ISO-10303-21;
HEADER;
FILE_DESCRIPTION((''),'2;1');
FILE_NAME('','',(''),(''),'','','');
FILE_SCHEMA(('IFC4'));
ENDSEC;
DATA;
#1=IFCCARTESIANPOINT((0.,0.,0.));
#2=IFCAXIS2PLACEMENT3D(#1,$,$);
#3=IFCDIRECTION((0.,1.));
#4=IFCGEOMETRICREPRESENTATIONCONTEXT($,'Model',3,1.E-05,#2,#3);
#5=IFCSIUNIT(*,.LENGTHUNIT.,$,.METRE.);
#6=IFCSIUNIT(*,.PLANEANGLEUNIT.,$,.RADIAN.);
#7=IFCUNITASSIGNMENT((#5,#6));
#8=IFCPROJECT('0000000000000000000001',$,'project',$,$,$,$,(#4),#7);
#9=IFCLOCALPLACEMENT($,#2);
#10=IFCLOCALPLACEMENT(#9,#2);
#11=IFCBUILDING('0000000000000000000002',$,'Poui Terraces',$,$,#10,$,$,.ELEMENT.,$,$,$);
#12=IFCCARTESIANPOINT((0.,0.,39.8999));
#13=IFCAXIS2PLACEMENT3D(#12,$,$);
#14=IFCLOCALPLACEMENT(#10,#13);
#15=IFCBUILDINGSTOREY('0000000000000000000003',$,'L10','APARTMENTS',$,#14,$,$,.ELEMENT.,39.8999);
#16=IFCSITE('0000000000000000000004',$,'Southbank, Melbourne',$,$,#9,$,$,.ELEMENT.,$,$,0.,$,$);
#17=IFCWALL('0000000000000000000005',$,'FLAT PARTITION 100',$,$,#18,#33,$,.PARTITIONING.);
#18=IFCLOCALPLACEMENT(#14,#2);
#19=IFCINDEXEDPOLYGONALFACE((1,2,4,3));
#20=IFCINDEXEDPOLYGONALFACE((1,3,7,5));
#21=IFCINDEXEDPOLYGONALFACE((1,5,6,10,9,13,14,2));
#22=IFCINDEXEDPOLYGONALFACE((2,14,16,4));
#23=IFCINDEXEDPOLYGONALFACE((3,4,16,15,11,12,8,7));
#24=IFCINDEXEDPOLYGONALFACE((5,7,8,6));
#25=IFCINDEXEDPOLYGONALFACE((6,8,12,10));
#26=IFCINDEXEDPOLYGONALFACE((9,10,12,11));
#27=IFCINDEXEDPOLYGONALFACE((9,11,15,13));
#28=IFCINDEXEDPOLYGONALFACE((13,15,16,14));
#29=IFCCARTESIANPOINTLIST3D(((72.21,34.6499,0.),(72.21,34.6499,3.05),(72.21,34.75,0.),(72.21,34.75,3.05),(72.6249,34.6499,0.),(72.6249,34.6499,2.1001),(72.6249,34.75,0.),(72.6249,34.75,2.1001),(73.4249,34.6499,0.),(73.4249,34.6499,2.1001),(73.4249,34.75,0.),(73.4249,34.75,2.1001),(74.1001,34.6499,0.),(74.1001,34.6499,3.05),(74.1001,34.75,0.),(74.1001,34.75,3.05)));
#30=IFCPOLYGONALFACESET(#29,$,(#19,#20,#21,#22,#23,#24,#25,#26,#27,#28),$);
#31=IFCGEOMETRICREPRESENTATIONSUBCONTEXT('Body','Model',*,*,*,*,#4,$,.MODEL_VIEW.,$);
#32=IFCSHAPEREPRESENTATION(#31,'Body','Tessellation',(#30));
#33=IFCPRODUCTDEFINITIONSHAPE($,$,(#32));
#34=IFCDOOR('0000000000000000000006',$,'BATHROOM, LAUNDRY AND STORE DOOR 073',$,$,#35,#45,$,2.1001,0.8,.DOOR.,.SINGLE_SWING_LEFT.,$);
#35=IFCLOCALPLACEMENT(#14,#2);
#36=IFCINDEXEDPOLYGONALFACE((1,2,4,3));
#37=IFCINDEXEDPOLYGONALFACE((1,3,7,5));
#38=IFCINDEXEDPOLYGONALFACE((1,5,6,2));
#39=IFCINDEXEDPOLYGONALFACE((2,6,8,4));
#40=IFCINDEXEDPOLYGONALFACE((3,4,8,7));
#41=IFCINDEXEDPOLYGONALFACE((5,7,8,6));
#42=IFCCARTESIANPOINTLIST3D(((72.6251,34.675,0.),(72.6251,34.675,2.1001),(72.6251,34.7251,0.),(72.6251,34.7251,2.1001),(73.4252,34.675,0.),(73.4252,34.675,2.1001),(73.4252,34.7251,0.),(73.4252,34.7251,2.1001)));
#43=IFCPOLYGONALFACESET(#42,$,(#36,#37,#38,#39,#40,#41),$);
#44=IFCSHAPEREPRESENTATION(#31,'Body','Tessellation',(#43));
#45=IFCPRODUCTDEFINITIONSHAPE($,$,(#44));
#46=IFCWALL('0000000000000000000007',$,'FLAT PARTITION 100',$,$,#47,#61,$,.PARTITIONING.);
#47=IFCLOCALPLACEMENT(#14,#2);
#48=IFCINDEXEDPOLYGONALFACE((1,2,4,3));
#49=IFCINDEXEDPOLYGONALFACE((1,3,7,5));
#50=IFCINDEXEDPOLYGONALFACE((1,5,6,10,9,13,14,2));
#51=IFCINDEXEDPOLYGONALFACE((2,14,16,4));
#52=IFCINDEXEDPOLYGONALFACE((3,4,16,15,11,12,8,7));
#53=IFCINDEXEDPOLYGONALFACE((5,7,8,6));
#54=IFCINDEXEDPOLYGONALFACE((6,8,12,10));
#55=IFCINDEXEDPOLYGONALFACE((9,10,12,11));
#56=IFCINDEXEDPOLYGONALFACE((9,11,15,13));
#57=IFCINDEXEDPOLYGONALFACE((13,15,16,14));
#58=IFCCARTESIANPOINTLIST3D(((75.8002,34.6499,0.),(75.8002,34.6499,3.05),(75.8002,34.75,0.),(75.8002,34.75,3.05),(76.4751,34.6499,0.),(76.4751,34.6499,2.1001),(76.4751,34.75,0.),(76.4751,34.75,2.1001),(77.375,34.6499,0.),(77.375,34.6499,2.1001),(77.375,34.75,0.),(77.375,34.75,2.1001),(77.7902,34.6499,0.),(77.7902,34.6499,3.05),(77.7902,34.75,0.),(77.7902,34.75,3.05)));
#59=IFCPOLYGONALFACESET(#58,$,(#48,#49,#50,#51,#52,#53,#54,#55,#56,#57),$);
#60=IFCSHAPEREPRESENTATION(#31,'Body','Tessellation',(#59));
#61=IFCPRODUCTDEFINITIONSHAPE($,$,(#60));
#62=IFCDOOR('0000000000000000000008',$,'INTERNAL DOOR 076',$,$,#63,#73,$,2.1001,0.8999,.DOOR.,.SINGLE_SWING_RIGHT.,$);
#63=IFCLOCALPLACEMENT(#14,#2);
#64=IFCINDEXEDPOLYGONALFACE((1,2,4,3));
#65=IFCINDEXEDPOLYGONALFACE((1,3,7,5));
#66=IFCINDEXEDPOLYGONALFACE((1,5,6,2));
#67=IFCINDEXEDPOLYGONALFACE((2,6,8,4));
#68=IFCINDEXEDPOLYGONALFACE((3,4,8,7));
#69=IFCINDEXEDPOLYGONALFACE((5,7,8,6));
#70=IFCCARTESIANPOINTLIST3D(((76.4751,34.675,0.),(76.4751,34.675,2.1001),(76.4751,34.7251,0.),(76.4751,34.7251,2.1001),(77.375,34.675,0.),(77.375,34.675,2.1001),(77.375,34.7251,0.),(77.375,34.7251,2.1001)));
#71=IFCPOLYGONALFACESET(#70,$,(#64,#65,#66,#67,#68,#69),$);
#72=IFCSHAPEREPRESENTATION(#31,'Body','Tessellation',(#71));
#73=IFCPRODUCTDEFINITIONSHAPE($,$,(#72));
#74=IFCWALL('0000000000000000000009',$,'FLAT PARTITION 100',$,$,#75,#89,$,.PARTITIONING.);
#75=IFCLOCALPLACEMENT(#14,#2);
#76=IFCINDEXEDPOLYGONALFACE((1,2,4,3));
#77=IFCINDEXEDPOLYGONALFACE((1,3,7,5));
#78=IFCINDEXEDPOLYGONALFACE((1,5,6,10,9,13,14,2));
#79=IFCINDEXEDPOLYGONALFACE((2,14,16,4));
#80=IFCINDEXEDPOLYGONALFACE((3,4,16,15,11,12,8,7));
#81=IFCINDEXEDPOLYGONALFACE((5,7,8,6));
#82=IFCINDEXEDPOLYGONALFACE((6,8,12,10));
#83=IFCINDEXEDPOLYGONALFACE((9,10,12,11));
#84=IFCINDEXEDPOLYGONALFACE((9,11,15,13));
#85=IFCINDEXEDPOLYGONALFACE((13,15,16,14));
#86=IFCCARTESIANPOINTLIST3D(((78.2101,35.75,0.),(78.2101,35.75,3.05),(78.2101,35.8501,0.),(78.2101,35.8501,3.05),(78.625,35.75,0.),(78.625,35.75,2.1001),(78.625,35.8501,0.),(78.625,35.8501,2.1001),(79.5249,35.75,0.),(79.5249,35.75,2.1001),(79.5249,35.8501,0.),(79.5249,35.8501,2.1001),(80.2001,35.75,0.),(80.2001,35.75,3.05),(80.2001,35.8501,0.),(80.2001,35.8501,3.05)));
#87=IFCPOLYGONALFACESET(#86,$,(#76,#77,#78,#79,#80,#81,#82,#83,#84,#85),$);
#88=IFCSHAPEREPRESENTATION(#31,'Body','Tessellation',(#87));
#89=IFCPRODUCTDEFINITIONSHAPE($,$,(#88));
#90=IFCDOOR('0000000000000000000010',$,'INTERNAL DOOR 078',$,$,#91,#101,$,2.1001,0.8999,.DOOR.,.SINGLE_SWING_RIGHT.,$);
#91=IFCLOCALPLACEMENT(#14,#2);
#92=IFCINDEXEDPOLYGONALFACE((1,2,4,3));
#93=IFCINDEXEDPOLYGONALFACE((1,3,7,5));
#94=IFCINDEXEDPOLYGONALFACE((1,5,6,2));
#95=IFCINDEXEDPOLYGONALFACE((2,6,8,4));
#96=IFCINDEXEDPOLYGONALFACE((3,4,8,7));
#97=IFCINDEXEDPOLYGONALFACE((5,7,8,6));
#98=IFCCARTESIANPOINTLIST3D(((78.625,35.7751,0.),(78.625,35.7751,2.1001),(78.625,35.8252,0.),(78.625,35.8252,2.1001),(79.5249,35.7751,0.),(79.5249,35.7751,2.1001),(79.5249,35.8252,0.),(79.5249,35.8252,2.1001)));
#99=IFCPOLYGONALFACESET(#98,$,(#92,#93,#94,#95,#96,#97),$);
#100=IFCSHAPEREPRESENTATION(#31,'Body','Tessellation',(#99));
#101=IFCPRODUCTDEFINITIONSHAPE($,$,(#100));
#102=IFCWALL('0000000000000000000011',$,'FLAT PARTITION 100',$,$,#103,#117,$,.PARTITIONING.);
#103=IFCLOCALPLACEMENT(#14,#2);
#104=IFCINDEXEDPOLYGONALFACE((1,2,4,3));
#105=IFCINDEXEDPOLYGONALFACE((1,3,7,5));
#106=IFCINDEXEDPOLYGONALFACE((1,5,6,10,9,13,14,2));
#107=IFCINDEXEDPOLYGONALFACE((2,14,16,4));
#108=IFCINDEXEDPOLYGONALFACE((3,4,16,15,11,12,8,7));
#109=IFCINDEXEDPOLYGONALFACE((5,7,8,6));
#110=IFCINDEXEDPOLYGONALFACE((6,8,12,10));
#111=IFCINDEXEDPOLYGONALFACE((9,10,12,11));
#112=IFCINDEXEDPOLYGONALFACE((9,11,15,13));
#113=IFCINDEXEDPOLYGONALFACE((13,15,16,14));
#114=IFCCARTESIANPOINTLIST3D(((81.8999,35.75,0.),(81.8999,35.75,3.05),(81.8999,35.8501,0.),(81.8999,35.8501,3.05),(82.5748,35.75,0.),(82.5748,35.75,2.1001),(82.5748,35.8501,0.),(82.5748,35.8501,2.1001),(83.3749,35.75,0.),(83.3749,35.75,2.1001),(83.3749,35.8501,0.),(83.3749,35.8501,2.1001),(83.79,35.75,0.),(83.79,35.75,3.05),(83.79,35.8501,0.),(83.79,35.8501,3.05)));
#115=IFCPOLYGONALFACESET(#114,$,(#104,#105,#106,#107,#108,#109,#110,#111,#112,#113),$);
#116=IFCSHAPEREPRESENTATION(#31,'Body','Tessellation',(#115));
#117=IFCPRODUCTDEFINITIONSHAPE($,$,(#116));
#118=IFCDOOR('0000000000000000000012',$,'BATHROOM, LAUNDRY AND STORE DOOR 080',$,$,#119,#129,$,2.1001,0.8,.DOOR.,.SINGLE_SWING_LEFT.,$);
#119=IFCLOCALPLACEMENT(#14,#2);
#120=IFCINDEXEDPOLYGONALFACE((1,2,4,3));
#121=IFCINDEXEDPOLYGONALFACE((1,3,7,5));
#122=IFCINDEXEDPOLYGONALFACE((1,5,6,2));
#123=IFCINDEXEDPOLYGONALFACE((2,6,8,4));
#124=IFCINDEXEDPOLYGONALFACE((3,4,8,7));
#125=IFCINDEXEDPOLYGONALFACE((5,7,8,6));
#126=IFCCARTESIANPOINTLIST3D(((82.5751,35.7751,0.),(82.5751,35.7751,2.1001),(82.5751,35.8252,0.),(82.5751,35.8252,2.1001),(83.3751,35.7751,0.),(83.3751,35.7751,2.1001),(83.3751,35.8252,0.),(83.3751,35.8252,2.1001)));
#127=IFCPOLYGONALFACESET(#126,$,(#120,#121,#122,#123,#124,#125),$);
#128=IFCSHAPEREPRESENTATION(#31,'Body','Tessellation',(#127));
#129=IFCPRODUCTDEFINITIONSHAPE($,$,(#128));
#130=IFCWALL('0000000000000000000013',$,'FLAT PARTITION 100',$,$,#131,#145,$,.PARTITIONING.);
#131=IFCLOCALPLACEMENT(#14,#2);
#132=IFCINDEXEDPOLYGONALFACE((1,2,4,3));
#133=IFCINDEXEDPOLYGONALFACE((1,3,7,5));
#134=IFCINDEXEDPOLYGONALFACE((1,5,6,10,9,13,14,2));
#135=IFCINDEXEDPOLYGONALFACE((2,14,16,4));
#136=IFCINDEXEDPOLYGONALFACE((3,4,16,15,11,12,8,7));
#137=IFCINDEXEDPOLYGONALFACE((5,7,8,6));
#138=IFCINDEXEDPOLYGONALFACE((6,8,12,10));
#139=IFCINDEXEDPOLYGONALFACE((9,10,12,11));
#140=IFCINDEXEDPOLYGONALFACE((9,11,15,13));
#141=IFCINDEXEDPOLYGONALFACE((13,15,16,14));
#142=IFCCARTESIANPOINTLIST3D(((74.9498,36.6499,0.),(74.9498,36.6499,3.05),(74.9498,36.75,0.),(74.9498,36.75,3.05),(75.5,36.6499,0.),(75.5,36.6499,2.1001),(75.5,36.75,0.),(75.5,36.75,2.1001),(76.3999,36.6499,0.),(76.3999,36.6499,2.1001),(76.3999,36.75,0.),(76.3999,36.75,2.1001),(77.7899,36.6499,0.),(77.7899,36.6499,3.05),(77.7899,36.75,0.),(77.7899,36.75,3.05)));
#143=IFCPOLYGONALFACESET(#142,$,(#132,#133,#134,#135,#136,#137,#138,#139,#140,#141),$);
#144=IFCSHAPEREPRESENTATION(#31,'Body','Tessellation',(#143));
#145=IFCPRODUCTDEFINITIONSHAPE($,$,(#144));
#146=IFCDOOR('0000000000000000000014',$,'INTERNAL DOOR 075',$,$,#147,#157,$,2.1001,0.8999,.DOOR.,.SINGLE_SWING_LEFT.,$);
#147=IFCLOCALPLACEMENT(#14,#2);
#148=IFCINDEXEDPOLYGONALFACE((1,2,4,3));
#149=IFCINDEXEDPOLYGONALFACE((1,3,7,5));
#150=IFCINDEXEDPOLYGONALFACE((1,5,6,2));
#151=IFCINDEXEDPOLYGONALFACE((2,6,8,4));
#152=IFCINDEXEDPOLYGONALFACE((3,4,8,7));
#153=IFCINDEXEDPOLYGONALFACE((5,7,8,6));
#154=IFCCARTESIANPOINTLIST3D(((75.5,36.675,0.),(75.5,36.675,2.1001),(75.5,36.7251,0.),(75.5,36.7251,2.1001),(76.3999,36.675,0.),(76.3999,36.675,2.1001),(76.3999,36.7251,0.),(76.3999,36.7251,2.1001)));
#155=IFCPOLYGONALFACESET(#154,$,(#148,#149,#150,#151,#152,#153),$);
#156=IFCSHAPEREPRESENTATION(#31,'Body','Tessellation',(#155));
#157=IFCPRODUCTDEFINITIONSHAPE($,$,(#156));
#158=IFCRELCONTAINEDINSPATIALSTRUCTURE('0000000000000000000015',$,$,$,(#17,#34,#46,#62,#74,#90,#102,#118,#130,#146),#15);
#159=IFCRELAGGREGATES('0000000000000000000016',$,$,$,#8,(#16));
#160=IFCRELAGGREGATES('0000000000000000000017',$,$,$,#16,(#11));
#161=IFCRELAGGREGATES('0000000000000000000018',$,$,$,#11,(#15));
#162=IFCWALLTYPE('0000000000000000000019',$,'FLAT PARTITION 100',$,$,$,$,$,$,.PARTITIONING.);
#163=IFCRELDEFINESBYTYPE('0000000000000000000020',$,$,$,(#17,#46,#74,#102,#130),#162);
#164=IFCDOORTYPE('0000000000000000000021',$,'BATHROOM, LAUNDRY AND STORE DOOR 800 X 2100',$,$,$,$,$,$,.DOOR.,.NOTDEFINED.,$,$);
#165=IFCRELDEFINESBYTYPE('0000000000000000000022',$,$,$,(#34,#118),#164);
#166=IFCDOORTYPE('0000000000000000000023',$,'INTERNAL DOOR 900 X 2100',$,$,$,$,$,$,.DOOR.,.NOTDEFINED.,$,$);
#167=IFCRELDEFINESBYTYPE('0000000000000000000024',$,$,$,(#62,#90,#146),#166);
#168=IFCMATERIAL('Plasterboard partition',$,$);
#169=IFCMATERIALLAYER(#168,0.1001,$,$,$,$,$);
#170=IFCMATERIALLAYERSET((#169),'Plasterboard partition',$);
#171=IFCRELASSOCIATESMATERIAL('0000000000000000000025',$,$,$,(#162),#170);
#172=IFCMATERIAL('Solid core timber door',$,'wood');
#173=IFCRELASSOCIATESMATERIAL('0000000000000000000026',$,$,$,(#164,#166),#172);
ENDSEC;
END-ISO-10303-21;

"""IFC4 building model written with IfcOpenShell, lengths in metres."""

from ifc_helpers import new_model, si_unit, direction, frame, frame_2d, origin, place, context, subcontext, project, spatial, rectangle, extrude, material, layer, layer_set, type_object, element, fill, save


model = new_model("IFC4")

# Units and contexts
model_context = context("Model", 3, precision=1e-05, world=origin(), true_north=direction((0.0, 1.0)))
body_context = subcontext(model_context, "Body", "Model", "MODEL_VIEW")
ifc_project = project(units=[si_unit("LENGTHUNIT", "METRE"), si_unit("PLANEANGLEUNIT", "RADIAN")], contexts=[model_context])

# Site, building, storey
site_placement = place(None, origin())
site = spatial("IfcSite", under=ifc_project, at=site_placement, Name="Southbank, Melbourne", CompositionType="ELEMENT", RefElevation=0.0)
building_placement = place(site_placement, origin())
building = spatial("IfcBuilding", under=site, at=building_placement, Name="Poui Terraces", CompositionType="ELEMENT")
storey_placement = place(building_placement, frame((0.0, 0.0, 39.8999)))
storey = spatial("IfcBuildingStorey", under=building, at=storey_placement, Name="L10", Description="APARTMENTS", CompositionType="ELEMENT", Elevation=39.8999)

# Walls, openings, doors
ifc_material_1 = material(Name="Plasterboard partition")
ifc_layer_1 = layer(ifc_material_1, 0.1001)
ifc_layer_set_1 = layer_set([ifc_layer_1], Name="Plasterboard partition")
wall_type_1 = type_object("IfcWallType", Name="FLAT PARTITION 100", PredefinedType="PARTITIONING", material=ifc_layer_set_1)
wall_1_placement = place(storey_placement, frame((72.21, 34.7, 0.0), z_axis=(0.0, 0.0, 1.0), x_axis=(1.0, 0.0, 0.0)))
wall_1 = element("IfcWall", 1, at=wall_1_placement, inside=storey, type_object=wall_type_1, Name="FLAT PARTITION 100", PredefinedType="PARTITIONING", context=body_context, shape_type="SweptSolid", body=[
    extrude(rectangle(XDim=1.8901, YDim=0.1001, at=frame_2d((0.9451, 0.0))), origin(), (0.0, 0.0, 1.0), 3.05),
])
opening_1_placement = place(wall_1_placement, frame((0.415, 0.0, 0.0)))
opening_1 = element("IfcOpeningElement", 2, at=opening_1_placement, cuts=wall_1, PredefinedType="OPENING", context=body_context, shape_type="SweptSolid", body=[
    extrude(rectangle(XDim=0.8, YDim=2.1001, at=frame_2d((0.3999, 1.05))), frame((0.0, 0.0601, 0.0), z_axis=(0.0, -1.0, 0.0), x_axis=(1.0, 0.0, 0.0)), (0.0, 0.0, 1.0), 0.1201),
])
ifc_material_2 = material(Name="Solid core timber door", Category="wood")
door_type_1 = type_object("IfcDoorType", Name="BATHROOM, LAUNDRY AND STORE DOOR 800 X 2100", OperationType="NOTDEFINED", PredefinedType="DOOR", material=ifc_material_2)
door_1_placement = place(opening_1_placement, frame((0.8, 0.0, 0.0), z_axis=(0.0, 0.0, 1.0), x_axis=(-1.0, 0.0, 0.0)))
door_1 = element("IfcDoor", 3, at=door_1_placement, inside=storey, type_object=door_type_1, Name="BATHROOM, LAUNDRY AND STORE DOOR 073", OperationType="SINGLE_SWING_LEFT", OverallHeight=2.1001, OverallWidth=0.8, PredefinedType="DOOR", context=body_context, shape_type="SweptSolid", body=[
    extrude(rectangle(XDim=0.8, YDim=2.1001, at=frame_2d((0.3999, 1.05))), frame((0.0, 0.0249, 0.0), z_axis=(0.0, -1.0, 0.0), x_axis=(1.0, 0.0, 0.0)), (0.0, 0.0, 1.0), 0.05),
])
fill(opening_1, door_1)
wall_2_placement = place(storey_placement, frame((75.8, 34.7, 0.0), z_axis=(0.0, 0.0, 1.0), x_axis=(1.0, 0.0, 0.0)))
wall_2 = element("IfcWall", 4, at=wall_2_placement, inside=storey, type_object=wall_type_1, Name="FLAT PARTITION 100", PredefinedType="PARTITIONING", context=body_context, shape_type="SweptSolid", body=[
    extrude(rectangle(XDim=1.99, YDim=0.1001, at=frame_2d((0.9951, 0.0))), origin(), (0.0, 0.0, 1.0), 3.05),
])
opening_2_placement = place(wall_2_placement, frame((0.675, 0.0, 0.0)))
opening_2 = element("IfcOpeningElement", 5, at=opening_2_placement, cuts=wall_2, PredefinedType="OPENING", context=body_context, shape_type="SweptSolid", body=[
    extrude(rectangle(XDim=0.8999, YDim=2.1001, at=frame_2d((0.45, 1.05))), frame((0.0, 0.0601, 0.0), z_axis=(0.0, -1.0, 0.0), x_axis=(1.0, 0.0, 0.0)), (0.0, 0.0, 1.0), 0.1201),
])
door_type_2 = type_object("IfcDoorType", Name="INTERNAL DOOR 900 X 2100", OperationType="NOTDEFINED", PredefinedType="DOOR", material=ifc_material_2)
door_2_placement = place(opening_2_placement, frame((0.8999, 0.0, 0.0), z_axis=(0.0, 0.0, 1.0), x_axis=(-1.0, 0.0, 0.0)))
door_2 = element("IfcDoor", 6, at=door_2_placement, inside=storey, type_object=door_type_2, Name="INTERNAL DOOR 076", OperationType="SINGLE_SWING_RIGHT", OverallHeight=2.1001, OverallWidth=0.8999, PredefinedType="DOOR", context=body_context, shape_type="SweptSolid", body=[
    extrude(rectangle(XDim=0.8999, YDim=2.1001, at=frame_2d((0.45, 1.05))), frame((0.0, 0.0249, 0.0), z_axis=(0.0, -1.0, 0.0), x_axis=(1.0, 0.0, 0.0)), (0.0, 0.0, 1.0), 0.05),
])
fill(opening_2, door_2)
wall_3_placement = place(storey_placement, frame((78.21, 35.8, 0.0), z_axis=(0.0, 0.0, 1.0), x_axis=(1.0, 0.0, 0.0)))
wall_3 = element("IfcWall", 7, at=wall_3_placement, inside=storey, type_object=wall_type_1, Name="FLAT PARTITION 100", PredefinedType="PARTITIONING", context=body_context, shape_type="SweptSolid", body=[
    extrude(rectangle(XDim=1.99, YDim=0.1001, at=frame_2d((0.9951, 0.0))), origin(), (0.0, 0.0, 1.0), 3.05),
])
opening_3_placement = place(wall_3_placement, frame((0.415, 0.0, 0.0)))
opening_3 = element("IfcOpeningElement", 8, at=opening_3_placement, cuts=wall_3, PredefinedType="OPENING", context=body_context, shape_type="SweptSolid", body=[
    extrude(rectangle(XDim=0.8999, YDim=2.1001, at=frame_2d((0.45, 1.05))), frame((0.0, 0.0601, 0.0), z_axis=(0.0, -1.0, 0.0), x_axis=(1.0, 0.0, 0.0)), (0.0, 0.0, 1.0), 0.1201),
])
door_3_placement = place(opening_3_placement, frame((0.8999, 0.0, 0.0), z_axis=(0.0, 0.0, 1.0), x_axis=(-1.0, 0.0, 0.0)))
door_3 = element("IfcDoor", 9, at=door_3_placement, inside=storey, type_object=door_type_2, Name="INTERNAL DOOR 078", OperationType="SINGLE_SWING_RIGHT", OverallHeight=2.1001, OverallWidth=0.8999, PredefinedType="DOOR", context=body_context, shape_type="SweptSolid", body=[
    extrude(rectangle(XDim=0.8999, YDim=2.1001, at=frame_2d((0.45, 1.05))), frame((0.0, 0.0249, 0.0), z_axis=(0.0, -1.0, 0.0), x_axis=(1.0, 0.0, 0.0)), (0.0, 0.0, 1.0), 0.05),
])
fill(opening_3, door_3)
wall_4_placement = place(storey_placement, frame((81.8999, 35.8, 0.0), z_axis=(0.0, 0.0, 1.0), x_axis=(1.0, 0.0, 0.0)))
wall_4 = element("IfcWall", 10, at=wall_4_placement, inside=storey, type_object=wall_type_1, Name="FLAT PARTITION 100", PredefinedType="PARTITIONING", context=body_context, shape_type="SweptSolid", body=[
    extrude(rectangle(XDim=1.8901, YDim=0.1001, at=frame_2d((0.9451, 0.0))), origin(), (0.0, 0.0, 1.0), 3.05),
])
opening_4_placement = place(wall_4_placement, frame((0.675, 0.0, 0.0)))
opening_4 = element("IfcOpeningElement", 11, at=opening_4_placement, cuts=wall_4, PredefinedType="OPENING", context=body_context, shape_type="SweptSolid", body=[
    extrude(rectangle(XDim=0.8, YDim=2.1001, at=frame_2d((0.3999, 1.05))), frame((0.0, 0.0601, 0.0), z_axis=(0.0, -1.0, 0.0), x_axis=(1.0, 0.0, 0.0)), (0.0, 0.0, 1.0), 0.1201),
])
door_4_placement = place(opening_4_placement, frame((0.8, 0.0, 0.0), z_axis=(0.0, 0.0, 1.0), x_axis=(-1.0, 0.0, 0.0)))
door_4 = element("IfcDoor", 12, at=door_4_placement, inside=storey, type_object=door_type_1, Name="BATHROOM, LAUNDRY AND STORE DOOR 080", OperationType="SINGLE_SWING_LEFT", OverallHeight=2.1001, OverallWidth=0.8, PredefinedType="DOOR", context=body_context, shape_type="SweptSolid", body=[
    extrude(rectangle(XDim=0.8, YDim=2.1001, at=frame_2d((0.3999, 1.05))), frame((0.0, 0.0249, 0.0), z_axis=(0.0, -1.0, 0.0), x_axis=(1.0, 0.0, 0.0)), (0.0, 0.0, 1.0), 0.05),
])
fill(opening_4, door_4)
wall_5_placement = place(storey_placement, frame((74.95, 36.7, 0.0), z_axis=(0.0, 0.0, 1.0), x_axis=(1.0, 0.0, 0.0)))
wall_5 = element("IfcWall", 13, at=wall_5_placement, inside=storey, type_object=wall_type_1, Name="FLAT PARTITION 100", PredefinedType="PARTITIONING", context=body_context, shape_type="SweptSolid", body=[
    extrude(rectangle(XDim=2.8401, YDim=0.1001, at=frame_2d((1.4199, 0.0))), origin(), (0.0, 0.0, 1.0), 3.05),
])
opening_5_placement = place(wall_5_placement, frame((0.55, 0.0, 0.0)))
opening_5 = element("IfcOpeningElement", 14, at=opening_5_placement, cuts=wall_5, PredefinedType="OPENING", context=body_context, shape_type="SweptSolid", body=[
    extrude(rectangle(XDim=0.8999, YDim=2.1001, at=frame_2d((0.45, 1.05))), frame((0.0, 0.0601, 0.0), z_axis=(0.0, -1.0, 0.0), x_axis=(1.0, 0.0, 0.0)), (0.0, 0.0, 1.0), 0.1201),
])
door_5_placement = place(opening_5_placement, frame((0.8999, 0.0, 0.0), z_axis=(0.0, 0.0, 1.0), x_axis=(-1.0, 0.0, 0.0)))
door_5 = element("IfcDoor", 15, at=door_5_placement, inside=storey, type_object=door_type_2, Name="INTERNAL DOOR 075", OperationType="SINGLE_SWING_LEFT", OverallHeight=2.1001, OverallWidth=0.8999, PredefinedType="DOOR", context=body_context, shape_type="SweptSolid", body=[
    extrude(rectangle(XDim=0.8999, YDim=2.1001, at=frame_2d((0.45, 1.05))), frame((0.0, 0.0249, 0.0), z_axis=(0.0, -1.0, 0.0), x_axis=(1.0, 0.0, 0.0)), (0.0, 0.0, 1.0), 0.05),
])
fill(opening_5, door_5)

save(model, "model.ifc")
